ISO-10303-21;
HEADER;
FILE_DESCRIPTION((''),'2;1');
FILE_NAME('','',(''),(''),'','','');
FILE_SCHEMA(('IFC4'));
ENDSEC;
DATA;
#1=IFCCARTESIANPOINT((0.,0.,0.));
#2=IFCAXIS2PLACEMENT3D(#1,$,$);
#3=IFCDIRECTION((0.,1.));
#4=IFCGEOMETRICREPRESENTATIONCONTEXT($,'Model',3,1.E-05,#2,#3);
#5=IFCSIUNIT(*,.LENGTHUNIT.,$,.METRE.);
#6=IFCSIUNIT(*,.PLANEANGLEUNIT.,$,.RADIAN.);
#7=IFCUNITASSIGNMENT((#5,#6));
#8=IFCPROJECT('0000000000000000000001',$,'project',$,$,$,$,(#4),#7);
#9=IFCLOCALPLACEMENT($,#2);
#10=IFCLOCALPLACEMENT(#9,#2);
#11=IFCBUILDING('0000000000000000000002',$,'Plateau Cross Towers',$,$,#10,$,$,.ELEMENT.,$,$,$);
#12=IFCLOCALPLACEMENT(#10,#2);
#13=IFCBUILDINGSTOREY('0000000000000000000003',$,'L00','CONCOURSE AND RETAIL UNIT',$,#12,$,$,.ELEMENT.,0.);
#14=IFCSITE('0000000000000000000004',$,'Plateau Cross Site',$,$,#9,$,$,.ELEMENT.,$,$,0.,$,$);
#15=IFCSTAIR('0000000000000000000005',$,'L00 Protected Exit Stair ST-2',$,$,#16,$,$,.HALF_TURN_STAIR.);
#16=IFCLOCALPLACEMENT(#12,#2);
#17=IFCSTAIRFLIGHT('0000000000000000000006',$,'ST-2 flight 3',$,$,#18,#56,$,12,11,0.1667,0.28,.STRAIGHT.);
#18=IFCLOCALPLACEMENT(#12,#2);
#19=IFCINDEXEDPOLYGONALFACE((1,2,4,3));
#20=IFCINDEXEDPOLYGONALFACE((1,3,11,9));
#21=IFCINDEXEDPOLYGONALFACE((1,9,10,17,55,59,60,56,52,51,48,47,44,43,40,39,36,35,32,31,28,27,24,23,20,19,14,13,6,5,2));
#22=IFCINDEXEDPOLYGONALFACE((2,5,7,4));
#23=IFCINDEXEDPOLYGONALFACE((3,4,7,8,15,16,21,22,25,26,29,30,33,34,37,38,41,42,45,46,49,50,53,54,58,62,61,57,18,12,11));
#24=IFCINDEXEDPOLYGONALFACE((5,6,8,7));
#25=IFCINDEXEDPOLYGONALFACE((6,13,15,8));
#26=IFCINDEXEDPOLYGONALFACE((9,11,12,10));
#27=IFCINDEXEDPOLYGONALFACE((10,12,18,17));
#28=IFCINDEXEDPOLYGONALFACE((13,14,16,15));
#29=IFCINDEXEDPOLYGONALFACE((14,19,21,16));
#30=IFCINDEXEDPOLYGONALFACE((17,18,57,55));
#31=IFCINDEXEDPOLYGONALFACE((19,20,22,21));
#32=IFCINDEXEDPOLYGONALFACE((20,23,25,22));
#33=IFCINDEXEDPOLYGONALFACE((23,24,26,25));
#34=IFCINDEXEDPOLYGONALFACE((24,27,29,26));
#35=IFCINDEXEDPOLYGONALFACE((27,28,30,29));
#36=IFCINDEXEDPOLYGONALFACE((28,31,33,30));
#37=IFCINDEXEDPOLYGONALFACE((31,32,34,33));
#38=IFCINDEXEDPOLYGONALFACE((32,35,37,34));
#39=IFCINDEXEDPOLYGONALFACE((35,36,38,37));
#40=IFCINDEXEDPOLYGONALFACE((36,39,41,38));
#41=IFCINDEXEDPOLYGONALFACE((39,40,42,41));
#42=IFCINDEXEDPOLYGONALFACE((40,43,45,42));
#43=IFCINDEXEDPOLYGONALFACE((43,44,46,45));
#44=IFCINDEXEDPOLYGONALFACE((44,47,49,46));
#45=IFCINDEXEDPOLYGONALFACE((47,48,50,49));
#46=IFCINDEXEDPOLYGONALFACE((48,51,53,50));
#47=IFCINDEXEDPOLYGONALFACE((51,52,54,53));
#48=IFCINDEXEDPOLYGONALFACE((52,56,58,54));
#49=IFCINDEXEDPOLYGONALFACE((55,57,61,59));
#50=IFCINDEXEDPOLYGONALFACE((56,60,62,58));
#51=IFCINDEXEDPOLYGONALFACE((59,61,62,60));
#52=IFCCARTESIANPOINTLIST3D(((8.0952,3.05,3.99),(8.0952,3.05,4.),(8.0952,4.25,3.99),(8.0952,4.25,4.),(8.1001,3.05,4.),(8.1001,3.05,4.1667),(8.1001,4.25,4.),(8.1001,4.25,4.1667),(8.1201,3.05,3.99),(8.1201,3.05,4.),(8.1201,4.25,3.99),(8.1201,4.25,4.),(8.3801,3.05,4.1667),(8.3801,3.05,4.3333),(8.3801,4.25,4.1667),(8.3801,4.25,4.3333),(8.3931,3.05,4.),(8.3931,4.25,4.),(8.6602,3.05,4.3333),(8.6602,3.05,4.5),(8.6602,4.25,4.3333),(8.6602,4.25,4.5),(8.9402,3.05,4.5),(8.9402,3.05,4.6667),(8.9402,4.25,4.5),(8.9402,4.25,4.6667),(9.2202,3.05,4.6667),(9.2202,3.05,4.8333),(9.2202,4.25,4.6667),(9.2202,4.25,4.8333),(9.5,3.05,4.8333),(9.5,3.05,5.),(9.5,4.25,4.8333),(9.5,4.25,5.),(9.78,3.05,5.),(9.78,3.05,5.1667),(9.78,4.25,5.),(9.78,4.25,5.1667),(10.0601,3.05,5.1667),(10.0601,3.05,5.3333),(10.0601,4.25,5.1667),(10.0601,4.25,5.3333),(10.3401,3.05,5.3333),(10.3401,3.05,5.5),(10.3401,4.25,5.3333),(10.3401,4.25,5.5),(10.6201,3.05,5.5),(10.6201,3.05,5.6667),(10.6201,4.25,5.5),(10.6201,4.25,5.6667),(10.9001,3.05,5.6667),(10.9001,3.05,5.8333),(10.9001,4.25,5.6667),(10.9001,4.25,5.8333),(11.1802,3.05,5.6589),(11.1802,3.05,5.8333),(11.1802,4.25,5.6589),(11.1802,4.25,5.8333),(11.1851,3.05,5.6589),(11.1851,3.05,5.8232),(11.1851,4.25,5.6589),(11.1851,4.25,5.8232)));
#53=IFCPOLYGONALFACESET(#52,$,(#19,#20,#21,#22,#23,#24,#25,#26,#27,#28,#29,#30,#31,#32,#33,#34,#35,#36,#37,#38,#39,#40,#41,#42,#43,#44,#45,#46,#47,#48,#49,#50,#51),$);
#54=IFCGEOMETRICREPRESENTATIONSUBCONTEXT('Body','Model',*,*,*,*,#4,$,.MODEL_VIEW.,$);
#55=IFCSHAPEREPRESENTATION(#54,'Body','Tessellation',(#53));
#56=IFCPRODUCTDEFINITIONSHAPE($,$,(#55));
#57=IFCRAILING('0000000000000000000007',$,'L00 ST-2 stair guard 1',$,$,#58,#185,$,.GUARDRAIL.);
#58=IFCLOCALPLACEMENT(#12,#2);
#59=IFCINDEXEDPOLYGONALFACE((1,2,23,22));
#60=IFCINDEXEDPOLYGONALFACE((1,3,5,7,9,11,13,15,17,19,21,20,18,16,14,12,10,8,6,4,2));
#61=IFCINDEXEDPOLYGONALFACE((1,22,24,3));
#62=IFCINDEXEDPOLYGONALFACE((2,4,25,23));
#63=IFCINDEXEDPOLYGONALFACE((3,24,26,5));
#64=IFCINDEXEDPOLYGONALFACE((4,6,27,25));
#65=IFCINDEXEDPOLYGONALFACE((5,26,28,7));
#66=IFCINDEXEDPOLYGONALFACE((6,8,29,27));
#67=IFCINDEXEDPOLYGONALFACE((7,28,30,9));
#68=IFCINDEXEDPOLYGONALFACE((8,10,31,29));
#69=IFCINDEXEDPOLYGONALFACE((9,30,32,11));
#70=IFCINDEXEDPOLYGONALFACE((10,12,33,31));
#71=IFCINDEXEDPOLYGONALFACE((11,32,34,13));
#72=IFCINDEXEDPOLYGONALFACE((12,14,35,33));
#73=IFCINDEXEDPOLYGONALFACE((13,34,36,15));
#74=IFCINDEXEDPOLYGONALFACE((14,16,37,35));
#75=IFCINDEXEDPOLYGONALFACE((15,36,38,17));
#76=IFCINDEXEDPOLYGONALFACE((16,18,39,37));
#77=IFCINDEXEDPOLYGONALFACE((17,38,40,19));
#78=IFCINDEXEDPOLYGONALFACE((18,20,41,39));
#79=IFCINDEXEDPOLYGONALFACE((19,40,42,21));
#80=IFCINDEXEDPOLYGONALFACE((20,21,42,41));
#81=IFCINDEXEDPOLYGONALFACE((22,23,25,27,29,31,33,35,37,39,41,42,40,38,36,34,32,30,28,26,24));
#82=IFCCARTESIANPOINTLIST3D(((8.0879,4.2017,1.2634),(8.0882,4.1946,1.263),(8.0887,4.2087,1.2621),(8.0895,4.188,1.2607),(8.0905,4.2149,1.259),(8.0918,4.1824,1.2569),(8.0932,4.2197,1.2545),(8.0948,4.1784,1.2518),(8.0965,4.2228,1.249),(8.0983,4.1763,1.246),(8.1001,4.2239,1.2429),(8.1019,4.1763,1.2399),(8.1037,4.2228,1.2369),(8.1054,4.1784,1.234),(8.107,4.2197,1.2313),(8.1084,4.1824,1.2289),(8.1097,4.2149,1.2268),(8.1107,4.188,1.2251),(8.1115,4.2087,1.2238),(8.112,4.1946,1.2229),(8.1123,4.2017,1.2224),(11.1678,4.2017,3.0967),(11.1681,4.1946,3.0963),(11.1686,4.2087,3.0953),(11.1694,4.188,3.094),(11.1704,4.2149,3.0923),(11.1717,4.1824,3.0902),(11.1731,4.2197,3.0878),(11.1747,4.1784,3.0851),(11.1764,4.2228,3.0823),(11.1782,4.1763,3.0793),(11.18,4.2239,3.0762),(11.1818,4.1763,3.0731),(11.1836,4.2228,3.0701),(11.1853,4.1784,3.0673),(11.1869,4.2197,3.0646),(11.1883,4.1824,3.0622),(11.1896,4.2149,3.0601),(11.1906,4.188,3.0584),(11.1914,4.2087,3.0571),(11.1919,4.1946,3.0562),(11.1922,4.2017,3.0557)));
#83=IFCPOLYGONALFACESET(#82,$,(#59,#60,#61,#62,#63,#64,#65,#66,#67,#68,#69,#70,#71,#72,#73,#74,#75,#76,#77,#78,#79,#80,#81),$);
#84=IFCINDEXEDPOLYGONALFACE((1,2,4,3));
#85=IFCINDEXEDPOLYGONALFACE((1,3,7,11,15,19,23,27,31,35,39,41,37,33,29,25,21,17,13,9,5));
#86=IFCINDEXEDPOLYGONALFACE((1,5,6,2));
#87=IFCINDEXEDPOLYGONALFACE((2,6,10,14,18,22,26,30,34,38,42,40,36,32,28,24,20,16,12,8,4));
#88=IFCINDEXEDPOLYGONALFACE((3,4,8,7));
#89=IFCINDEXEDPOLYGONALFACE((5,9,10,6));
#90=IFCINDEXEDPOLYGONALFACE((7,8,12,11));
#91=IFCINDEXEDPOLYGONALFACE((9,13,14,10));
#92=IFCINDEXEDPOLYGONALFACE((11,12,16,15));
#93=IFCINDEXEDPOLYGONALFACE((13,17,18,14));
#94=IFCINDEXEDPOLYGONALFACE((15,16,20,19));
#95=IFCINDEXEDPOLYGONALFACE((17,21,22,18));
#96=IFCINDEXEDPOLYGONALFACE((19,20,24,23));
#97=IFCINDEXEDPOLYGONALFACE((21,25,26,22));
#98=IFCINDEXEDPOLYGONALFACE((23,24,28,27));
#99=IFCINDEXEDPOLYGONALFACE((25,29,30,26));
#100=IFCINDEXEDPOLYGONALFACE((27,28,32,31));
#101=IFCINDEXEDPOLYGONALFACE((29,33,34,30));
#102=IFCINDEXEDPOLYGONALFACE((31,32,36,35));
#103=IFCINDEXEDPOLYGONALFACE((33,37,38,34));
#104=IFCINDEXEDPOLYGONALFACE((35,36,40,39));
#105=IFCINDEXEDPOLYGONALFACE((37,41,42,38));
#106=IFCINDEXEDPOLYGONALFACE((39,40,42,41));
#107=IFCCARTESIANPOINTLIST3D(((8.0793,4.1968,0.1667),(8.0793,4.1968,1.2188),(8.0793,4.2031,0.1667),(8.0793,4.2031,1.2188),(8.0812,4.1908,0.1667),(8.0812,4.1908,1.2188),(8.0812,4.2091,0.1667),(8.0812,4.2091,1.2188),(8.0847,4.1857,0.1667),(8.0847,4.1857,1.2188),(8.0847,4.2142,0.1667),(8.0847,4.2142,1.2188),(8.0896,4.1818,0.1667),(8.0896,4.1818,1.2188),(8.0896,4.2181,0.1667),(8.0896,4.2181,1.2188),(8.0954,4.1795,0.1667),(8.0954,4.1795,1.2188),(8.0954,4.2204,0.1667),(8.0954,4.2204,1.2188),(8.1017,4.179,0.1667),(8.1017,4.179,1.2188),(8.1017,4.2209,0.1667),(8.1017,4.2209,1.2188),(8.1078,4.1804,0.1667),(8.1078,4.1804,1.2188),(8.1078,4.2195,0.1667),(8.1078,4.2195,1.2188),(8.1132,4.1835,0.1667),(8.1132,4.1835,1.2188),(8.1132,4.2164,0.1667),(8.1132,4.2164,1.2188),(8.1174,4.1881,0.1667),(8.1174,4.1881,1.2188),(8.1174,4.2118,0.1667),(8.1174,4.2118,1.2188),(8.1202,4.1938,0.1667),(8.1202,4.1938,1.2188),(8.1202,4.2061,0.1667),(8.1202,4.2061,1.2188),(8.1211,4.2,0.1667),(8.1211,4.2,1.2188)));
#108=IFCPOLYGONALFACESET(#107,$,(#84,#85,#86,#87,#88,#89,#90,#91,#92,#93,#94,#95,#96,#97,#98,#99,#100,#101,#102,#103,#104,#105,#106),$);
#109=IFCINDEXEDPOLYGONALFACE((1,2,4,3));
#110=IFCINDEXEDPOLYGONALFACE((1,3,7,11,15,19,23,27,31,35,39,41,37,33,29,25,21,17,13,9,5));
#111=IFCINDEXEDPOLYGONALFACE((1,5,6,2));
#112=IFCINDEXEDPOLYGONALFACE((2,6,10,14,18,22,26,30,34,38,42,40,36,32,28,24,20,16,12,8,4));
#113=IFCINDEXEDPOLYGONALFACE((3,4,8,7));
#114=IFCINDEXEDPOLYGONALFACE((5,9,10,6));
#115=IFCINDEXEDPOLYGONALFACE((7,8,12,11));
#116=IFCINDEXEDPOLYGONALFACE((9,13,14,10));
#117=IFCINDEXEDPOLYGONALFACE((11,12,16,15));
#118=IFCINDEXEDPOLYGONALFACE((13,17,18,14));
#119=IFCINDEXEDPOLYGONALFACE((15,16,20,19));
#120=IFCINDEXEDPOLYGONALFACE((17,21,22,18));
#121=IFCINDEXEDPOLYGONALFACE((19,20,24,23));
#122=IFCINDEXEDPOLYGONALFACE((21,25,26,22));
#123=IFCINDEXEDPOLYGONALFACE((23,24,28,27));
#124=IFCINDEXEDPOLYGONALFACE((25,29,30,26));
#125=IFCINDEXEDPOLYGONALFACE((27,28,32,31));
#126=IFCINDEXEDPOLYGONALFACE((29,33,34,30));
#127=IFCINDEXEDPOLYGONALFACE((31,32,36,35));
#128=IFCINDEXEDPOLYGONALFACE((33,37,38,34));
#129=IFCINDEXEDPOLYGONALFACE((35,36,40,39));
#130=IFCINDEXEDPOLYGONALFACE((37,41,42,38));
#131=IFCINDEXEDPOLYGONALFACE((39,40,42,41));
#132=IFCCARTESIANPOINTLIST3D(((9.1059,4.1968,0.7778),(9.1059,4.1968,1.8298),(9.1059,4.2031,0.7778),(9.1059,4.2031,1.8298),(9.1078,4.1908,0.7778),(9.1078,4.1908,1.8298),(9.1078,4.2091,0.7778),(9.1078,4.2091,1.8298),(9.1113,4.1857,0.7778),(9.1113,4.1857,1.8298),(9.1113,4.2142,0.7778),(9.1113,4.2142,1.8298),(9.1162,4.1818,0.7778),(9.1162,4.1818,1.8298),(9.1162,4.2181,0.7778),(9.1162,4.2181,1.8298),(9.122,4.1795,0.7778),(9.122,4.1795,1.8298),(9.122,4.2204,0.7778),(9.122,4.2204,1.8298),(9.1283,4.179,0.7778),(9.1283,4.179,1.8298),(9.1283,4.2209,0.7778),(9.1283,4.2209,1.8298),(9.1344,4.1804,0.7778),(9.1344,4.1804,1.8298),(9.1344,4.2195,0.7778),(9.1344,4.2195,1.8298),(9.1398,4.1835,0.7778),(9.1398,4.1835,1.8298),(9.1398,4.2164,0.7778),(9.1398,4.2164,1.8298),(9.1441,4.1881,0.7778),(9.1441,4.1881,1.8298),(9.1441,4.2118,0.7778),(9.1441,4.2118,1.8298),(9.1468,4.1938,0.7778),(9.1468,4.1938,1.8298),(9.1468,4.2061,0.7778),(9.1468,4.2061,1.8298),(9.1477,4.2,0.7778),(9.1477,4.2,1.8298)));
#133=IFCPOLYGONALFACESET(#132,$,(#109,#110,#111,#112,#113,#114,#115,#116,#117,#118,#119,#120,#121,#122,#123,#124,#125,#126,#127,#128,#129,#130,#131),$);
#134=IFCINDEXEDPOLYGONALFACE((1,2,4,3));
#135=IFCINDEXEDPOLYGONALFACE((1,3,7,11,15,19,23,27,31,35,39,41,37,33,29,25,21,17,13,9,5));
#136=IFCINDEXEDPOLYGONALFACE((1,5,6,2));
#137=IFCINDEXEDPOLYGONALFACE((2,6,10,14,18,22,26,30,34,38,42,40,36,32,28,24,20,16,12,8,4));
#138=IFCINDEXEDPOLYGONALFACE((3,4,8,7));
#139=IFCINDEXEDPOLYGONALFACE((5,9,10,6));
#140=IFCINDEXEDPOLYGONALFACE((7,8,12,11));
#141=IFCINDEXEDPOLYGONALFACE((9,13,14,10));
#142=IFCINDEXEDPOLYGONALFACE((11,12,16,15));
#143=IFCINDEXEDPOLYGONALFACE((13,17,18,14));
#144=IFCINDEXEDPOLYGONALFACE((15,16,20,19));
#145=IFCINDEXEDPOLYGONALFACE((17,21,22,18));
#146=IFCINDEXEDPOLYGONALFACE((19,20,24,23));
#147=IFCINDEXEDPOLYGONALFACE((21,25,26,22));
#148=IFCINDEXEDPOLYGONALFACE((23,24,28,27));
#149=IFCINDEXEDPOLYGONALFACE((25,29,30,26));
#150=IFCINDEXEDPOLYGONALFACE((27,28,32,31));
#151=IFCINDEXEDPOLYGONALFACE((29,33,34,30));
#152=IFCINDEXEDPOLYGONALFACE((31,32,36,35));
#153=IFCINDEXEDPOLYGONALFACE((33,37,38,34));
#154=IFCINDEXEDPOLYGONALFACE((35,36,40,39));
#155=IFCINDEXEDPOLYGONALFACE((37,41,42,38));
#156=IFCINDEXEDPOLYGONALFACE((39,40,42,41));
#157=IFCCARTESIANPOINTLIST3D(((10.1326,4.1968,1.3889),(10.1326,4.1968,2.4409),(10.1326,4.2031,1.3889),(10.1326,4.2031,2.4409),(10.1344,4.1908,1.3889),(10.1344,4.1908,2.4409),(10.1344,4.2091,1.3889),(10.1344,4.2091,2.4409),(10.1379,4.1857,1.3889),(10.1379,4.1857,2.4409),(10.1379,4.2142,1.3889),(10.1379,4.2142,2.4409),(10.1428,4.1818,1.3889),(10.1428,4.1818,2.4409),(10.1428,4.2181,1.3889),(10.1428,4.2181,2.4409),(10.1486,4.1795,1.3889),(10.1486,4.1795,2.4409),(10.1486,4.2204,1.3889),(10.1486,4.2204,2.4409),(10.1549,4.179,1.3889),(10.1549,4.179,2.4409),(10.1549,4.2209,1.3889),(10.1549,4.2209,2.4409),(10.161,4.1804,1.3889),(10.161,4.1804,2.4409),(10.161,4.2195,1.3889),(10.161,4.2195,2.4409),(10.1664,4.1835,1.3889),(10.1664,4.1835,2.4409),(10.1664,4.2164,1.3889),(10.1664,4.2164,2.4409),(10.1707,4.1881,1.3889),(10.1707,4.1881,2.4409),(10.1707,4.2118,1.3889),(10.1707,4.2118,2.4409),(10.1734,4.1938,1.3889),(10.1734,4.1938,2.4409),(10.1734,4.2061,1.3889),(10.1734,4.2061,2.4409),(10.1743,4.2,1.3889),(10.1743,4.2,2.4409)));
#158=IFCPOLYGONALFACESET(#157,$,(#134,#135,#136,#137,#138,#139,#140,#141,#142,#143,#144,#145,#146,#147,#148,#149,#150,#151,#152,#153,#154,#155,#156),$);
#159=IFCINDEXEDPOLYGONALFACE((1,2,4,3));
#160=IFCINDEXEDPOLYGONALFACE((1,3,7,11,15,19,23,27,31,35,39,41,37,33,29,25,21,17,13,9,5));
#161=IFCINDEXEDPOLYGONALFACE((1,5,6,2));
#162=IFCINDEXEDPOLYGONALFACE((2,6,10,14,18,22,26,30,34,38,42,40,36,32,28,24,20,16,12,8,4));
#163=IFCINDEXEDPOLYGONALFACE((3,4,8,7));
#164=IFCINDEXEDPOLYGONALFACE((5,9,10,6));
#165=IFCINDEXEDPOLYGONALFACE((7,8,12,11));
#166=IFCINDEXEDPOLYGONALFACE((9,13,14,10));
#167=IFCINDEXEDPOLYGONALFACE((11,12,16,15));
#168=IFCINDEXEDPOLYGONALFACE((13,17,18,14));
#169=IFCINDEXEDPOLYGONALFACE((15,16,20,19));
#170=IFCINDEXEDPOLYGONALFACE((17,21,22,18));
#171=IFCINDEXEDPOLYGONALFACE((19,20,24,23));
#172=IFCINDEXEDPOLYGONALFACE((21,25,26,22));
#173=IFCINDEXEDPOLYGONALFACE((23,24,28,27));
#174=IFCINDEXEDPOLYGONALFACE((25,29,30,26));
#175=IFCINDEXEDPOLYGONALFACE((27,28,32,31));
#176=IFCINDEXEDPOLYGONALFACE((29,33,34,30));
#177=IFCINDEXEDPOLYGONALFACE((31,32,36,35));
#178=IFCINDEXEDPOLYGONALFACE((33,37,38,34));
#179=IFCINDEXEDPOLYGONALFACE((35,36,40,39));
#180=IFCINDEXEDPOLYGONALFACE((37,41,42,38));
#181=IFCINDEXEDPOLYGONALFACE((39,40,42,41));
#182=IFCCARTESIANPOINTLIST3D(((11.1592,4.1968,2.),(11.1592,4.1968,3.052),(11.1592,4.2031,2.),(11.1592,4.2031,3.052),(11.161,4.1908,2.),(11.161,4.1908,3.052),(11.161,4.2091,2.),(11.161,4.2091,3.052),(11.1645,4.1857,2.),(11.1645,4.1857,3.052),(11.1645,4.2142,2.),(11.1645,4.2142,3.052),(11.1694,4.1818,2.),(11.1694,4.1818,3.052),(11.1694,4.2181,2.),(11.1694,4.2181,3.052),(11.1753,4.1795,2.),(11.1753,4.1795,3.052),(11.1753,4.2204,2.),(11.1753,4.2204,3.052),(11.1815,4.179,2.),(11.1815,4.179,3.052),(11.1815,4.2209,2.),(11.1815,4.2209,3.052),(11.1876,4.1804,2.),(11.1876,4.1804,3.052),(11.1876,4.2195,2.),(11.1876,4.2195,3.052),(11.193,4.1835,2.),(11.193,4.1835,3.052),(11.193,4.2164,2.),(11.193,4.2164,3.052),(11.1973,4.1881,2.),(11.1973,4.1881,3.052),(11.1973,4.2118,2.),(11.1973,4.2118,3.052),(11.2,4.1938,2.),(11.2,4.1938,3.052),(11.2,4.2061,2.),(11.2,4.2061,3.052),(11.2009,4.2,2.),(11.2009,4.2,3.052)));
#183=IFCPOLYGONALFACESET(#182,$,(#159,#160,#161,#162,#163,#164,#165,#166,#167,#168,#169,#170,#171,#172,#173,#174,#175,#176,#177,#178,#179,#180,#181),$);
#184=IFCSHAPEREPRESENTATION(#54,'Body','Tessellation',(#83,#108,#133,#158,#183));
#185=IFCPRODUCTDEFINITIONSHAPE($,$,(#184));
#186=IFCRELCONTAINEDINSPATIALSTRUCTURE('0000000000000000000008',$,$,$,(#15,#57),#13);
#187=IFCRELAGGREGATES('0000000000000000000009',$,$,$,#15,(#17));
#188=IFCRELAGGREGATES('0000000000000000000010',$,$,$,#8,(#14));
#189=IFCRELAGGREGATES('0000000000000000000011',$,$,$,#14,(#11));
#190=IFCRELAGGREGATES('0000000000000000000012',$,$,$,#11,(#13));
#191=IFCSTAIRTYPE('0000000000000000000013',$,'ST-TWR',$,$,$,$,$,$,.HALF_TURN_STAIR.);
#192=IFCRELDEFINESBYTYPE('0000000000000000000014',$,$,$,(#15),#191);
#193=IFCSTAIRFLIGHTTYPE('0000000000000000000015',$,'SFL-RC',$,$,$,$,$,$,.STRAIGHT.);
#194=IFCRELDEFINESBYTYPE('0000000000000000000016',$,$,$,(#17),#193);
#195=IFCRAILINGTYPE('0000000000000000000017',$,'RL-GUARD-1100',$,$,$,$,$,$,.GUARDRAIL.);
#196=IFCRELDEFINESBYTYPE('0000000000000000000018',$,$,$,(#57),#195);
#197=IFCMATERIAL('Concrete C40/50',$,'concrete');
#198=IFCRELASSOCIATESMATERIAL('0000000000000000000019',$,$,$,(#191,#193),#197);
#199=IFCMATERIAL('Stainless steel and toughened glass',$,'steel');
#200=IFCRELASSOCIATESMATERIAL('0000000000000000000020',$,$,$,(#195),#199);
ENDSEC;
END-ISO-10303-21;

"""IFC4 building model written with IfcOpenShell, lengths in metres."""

from ifc_helpers import new_model, si_unit, direction, frame, origin, origin_2d, place, context, subcontext, project, spatial, polyline, circle, outline, extrude, material, type_object, element, aggregate, save


model = new_model("IFC4")

# Units and contexts
model_context = context("Model", 3, precision=1e-05, world=origin(), true_north=direction((0.0, 1.0)))
body_context = subcontext(model_context, "Body", "Model", "MODEL_VIEW")
ifc_project = project(units=[si_unit("LENGTHUNIT", "METRE"), si_unit("PLANEANGLEUNIT", "RADIAN")], contexts=[model_context])

# Site, building, storey
site_placement = place(None, origin())
site = spatial("IfcSite", under=ifc_project, at=site_placement, Name="Plateau Cross Site", CompositionType="ELEMENT", RefElevation=0.0)
building_placement = place(site_placement, origin())
building = spatial("IfcBuilding", under=site, at=building_placement, Name="Plateau Cross Towers", CompositionType="ELEMENT")
storey_placement = place(building_placement, origin())
storey = spatial("IfcBuildingStorey", under=building, at=storey_placement, Name="L00", Description="CONCOURSE AND RETAIL UNIT", CompositionType="ELEMENT", Elevation=0.0)

# Stair, stair flight
ifc_material_1 = material(Name="Concrete C40/50", Category="concrete")
stair_type = type_object("IfcStairType", Name="ST-TWR", PredefinedType="HALF_TURN_STAIR", material=ifc_material_1)
stair_placement = place(storey_placement, origin())
stair = element("IfcStair", 1, at=stair_placement, inside=storey, type_object=stair_type, Name="L00 Protected Exit Stair ST-2", PredefinedType="HALF_TURN_STAIR")
stair_flight_type = type_object("IfcStairFlightType", Name="SFL-RC", PredefinedType="STRAIGHT", material=ifc_material_1)
stair_flight_1_placement = place(storey_placement, frame((8.1001, 3.6499, 4.0), z_axis=(0.0, 0.0, 1.0), x_axis=(1.0, 0.0, 0.0)))
stair_flight_1 = element("IfcStairFlight", 2, at=stair_flight_1_placement, type_object=stair_flight_type, Name="ST-2 flight 3", NumberOfRisers=12, NumberOfTreads=11, PredefinedType="STRAIGHT", RiserHeight=0.1667, TreadLength=0.28, context=body_context, shape_type="SweptSolid", body=[
    extrude(outline(polyline([(-0.0049, -0.01), (-0.0049, 0.0), (0.0, 0.0), (0.0, 0.1667), (0.28, 0.1667), (0.28, 0.3333), (0.5601, 0.3333), (0.5601, 0.5), (0.8401, 0.5), (0.8401, 0.6667), (1.1201, 0.6667), (1.1201, 0.8333), (1.3999, 0.8333), (1.3999, 1.0), (1.6799, 1.0), (1.6799, 1.1667), (1.96, 1.1667), (1.96, 1.3333), (2.24, 1.3333), (2.24, 1.5), (2.52, 1.5), (2.52, 1.6667), (2.8, 1.6667), (2.8, 1.8333), (3.0801, 1.8333), (3.085, 1.8232), (3.085, 1.6589), (3.0801, 1.6589), (0.293, 0.0), (0.02, 0.0), (0.02, -0.01), (-0.0049, -0.01)])), frame((0.0, 0.6001, 0.0), z_axis=(0.0, -1.0, 0.0), x_axis=(1.0, 0.0, 0.0)), (0.0, 0.0, 1.0), 1.2),
])
aggregate(stair, [stair_flight_1])

# Railing
ifc_material_2 = material(Name="Stainless steel and toughened glass", Category="steel")
railing_type_1 = type_object("IfcRailingType", Name="RL-GUARD-1100", PredefinedType="GUARDRAIL", material=ifc_material_2)
railing_1_placement = place(storey_placement, frame((8.1001, 4.2, 0.1667)))
element("IfcRailing", 3, at=railing_1_placement, inside=storey, type_object=railing_type_1, Name="L00 ST-2 stair guard 1", PredefinedType="GUARDRAIL", context=body_context, shape_type="SweptSolid", body=[
    extrude(circle(Radius=0.0239, at=origin_2d()), frame((0.0, 0.0, 1.0762), z_axis=(0.859291, 0.0, 0.511487), x_axis=(0.0, 1.0, 0.0)), (0.0, 0.0, 1.0), 3.5842),
    extrude(circle(Radius=0.021, at=origin_2d()), origin(), (0.0, 0.0, 1.0), 1.052),
    extrude(circle(Radius=0.021, at=origin_2d()), frame((1.0266, 0.0, 0.6111)), (0.0, 0.0, 1.0), 1.052),
    extrude(circle(Radius=0.021, at=origin_2d()), frame((2.0532, 0.0, 1.2222)), (0.0, 0.0, 1.0), 1.052),
    extrude(circle(Radius=0.021, at=origin_2d()), frame((3.0798, 0.0, 1.8333)), (0.0, 0.0, 1.0), 1.052),
])

save(model, "model.ifc")
